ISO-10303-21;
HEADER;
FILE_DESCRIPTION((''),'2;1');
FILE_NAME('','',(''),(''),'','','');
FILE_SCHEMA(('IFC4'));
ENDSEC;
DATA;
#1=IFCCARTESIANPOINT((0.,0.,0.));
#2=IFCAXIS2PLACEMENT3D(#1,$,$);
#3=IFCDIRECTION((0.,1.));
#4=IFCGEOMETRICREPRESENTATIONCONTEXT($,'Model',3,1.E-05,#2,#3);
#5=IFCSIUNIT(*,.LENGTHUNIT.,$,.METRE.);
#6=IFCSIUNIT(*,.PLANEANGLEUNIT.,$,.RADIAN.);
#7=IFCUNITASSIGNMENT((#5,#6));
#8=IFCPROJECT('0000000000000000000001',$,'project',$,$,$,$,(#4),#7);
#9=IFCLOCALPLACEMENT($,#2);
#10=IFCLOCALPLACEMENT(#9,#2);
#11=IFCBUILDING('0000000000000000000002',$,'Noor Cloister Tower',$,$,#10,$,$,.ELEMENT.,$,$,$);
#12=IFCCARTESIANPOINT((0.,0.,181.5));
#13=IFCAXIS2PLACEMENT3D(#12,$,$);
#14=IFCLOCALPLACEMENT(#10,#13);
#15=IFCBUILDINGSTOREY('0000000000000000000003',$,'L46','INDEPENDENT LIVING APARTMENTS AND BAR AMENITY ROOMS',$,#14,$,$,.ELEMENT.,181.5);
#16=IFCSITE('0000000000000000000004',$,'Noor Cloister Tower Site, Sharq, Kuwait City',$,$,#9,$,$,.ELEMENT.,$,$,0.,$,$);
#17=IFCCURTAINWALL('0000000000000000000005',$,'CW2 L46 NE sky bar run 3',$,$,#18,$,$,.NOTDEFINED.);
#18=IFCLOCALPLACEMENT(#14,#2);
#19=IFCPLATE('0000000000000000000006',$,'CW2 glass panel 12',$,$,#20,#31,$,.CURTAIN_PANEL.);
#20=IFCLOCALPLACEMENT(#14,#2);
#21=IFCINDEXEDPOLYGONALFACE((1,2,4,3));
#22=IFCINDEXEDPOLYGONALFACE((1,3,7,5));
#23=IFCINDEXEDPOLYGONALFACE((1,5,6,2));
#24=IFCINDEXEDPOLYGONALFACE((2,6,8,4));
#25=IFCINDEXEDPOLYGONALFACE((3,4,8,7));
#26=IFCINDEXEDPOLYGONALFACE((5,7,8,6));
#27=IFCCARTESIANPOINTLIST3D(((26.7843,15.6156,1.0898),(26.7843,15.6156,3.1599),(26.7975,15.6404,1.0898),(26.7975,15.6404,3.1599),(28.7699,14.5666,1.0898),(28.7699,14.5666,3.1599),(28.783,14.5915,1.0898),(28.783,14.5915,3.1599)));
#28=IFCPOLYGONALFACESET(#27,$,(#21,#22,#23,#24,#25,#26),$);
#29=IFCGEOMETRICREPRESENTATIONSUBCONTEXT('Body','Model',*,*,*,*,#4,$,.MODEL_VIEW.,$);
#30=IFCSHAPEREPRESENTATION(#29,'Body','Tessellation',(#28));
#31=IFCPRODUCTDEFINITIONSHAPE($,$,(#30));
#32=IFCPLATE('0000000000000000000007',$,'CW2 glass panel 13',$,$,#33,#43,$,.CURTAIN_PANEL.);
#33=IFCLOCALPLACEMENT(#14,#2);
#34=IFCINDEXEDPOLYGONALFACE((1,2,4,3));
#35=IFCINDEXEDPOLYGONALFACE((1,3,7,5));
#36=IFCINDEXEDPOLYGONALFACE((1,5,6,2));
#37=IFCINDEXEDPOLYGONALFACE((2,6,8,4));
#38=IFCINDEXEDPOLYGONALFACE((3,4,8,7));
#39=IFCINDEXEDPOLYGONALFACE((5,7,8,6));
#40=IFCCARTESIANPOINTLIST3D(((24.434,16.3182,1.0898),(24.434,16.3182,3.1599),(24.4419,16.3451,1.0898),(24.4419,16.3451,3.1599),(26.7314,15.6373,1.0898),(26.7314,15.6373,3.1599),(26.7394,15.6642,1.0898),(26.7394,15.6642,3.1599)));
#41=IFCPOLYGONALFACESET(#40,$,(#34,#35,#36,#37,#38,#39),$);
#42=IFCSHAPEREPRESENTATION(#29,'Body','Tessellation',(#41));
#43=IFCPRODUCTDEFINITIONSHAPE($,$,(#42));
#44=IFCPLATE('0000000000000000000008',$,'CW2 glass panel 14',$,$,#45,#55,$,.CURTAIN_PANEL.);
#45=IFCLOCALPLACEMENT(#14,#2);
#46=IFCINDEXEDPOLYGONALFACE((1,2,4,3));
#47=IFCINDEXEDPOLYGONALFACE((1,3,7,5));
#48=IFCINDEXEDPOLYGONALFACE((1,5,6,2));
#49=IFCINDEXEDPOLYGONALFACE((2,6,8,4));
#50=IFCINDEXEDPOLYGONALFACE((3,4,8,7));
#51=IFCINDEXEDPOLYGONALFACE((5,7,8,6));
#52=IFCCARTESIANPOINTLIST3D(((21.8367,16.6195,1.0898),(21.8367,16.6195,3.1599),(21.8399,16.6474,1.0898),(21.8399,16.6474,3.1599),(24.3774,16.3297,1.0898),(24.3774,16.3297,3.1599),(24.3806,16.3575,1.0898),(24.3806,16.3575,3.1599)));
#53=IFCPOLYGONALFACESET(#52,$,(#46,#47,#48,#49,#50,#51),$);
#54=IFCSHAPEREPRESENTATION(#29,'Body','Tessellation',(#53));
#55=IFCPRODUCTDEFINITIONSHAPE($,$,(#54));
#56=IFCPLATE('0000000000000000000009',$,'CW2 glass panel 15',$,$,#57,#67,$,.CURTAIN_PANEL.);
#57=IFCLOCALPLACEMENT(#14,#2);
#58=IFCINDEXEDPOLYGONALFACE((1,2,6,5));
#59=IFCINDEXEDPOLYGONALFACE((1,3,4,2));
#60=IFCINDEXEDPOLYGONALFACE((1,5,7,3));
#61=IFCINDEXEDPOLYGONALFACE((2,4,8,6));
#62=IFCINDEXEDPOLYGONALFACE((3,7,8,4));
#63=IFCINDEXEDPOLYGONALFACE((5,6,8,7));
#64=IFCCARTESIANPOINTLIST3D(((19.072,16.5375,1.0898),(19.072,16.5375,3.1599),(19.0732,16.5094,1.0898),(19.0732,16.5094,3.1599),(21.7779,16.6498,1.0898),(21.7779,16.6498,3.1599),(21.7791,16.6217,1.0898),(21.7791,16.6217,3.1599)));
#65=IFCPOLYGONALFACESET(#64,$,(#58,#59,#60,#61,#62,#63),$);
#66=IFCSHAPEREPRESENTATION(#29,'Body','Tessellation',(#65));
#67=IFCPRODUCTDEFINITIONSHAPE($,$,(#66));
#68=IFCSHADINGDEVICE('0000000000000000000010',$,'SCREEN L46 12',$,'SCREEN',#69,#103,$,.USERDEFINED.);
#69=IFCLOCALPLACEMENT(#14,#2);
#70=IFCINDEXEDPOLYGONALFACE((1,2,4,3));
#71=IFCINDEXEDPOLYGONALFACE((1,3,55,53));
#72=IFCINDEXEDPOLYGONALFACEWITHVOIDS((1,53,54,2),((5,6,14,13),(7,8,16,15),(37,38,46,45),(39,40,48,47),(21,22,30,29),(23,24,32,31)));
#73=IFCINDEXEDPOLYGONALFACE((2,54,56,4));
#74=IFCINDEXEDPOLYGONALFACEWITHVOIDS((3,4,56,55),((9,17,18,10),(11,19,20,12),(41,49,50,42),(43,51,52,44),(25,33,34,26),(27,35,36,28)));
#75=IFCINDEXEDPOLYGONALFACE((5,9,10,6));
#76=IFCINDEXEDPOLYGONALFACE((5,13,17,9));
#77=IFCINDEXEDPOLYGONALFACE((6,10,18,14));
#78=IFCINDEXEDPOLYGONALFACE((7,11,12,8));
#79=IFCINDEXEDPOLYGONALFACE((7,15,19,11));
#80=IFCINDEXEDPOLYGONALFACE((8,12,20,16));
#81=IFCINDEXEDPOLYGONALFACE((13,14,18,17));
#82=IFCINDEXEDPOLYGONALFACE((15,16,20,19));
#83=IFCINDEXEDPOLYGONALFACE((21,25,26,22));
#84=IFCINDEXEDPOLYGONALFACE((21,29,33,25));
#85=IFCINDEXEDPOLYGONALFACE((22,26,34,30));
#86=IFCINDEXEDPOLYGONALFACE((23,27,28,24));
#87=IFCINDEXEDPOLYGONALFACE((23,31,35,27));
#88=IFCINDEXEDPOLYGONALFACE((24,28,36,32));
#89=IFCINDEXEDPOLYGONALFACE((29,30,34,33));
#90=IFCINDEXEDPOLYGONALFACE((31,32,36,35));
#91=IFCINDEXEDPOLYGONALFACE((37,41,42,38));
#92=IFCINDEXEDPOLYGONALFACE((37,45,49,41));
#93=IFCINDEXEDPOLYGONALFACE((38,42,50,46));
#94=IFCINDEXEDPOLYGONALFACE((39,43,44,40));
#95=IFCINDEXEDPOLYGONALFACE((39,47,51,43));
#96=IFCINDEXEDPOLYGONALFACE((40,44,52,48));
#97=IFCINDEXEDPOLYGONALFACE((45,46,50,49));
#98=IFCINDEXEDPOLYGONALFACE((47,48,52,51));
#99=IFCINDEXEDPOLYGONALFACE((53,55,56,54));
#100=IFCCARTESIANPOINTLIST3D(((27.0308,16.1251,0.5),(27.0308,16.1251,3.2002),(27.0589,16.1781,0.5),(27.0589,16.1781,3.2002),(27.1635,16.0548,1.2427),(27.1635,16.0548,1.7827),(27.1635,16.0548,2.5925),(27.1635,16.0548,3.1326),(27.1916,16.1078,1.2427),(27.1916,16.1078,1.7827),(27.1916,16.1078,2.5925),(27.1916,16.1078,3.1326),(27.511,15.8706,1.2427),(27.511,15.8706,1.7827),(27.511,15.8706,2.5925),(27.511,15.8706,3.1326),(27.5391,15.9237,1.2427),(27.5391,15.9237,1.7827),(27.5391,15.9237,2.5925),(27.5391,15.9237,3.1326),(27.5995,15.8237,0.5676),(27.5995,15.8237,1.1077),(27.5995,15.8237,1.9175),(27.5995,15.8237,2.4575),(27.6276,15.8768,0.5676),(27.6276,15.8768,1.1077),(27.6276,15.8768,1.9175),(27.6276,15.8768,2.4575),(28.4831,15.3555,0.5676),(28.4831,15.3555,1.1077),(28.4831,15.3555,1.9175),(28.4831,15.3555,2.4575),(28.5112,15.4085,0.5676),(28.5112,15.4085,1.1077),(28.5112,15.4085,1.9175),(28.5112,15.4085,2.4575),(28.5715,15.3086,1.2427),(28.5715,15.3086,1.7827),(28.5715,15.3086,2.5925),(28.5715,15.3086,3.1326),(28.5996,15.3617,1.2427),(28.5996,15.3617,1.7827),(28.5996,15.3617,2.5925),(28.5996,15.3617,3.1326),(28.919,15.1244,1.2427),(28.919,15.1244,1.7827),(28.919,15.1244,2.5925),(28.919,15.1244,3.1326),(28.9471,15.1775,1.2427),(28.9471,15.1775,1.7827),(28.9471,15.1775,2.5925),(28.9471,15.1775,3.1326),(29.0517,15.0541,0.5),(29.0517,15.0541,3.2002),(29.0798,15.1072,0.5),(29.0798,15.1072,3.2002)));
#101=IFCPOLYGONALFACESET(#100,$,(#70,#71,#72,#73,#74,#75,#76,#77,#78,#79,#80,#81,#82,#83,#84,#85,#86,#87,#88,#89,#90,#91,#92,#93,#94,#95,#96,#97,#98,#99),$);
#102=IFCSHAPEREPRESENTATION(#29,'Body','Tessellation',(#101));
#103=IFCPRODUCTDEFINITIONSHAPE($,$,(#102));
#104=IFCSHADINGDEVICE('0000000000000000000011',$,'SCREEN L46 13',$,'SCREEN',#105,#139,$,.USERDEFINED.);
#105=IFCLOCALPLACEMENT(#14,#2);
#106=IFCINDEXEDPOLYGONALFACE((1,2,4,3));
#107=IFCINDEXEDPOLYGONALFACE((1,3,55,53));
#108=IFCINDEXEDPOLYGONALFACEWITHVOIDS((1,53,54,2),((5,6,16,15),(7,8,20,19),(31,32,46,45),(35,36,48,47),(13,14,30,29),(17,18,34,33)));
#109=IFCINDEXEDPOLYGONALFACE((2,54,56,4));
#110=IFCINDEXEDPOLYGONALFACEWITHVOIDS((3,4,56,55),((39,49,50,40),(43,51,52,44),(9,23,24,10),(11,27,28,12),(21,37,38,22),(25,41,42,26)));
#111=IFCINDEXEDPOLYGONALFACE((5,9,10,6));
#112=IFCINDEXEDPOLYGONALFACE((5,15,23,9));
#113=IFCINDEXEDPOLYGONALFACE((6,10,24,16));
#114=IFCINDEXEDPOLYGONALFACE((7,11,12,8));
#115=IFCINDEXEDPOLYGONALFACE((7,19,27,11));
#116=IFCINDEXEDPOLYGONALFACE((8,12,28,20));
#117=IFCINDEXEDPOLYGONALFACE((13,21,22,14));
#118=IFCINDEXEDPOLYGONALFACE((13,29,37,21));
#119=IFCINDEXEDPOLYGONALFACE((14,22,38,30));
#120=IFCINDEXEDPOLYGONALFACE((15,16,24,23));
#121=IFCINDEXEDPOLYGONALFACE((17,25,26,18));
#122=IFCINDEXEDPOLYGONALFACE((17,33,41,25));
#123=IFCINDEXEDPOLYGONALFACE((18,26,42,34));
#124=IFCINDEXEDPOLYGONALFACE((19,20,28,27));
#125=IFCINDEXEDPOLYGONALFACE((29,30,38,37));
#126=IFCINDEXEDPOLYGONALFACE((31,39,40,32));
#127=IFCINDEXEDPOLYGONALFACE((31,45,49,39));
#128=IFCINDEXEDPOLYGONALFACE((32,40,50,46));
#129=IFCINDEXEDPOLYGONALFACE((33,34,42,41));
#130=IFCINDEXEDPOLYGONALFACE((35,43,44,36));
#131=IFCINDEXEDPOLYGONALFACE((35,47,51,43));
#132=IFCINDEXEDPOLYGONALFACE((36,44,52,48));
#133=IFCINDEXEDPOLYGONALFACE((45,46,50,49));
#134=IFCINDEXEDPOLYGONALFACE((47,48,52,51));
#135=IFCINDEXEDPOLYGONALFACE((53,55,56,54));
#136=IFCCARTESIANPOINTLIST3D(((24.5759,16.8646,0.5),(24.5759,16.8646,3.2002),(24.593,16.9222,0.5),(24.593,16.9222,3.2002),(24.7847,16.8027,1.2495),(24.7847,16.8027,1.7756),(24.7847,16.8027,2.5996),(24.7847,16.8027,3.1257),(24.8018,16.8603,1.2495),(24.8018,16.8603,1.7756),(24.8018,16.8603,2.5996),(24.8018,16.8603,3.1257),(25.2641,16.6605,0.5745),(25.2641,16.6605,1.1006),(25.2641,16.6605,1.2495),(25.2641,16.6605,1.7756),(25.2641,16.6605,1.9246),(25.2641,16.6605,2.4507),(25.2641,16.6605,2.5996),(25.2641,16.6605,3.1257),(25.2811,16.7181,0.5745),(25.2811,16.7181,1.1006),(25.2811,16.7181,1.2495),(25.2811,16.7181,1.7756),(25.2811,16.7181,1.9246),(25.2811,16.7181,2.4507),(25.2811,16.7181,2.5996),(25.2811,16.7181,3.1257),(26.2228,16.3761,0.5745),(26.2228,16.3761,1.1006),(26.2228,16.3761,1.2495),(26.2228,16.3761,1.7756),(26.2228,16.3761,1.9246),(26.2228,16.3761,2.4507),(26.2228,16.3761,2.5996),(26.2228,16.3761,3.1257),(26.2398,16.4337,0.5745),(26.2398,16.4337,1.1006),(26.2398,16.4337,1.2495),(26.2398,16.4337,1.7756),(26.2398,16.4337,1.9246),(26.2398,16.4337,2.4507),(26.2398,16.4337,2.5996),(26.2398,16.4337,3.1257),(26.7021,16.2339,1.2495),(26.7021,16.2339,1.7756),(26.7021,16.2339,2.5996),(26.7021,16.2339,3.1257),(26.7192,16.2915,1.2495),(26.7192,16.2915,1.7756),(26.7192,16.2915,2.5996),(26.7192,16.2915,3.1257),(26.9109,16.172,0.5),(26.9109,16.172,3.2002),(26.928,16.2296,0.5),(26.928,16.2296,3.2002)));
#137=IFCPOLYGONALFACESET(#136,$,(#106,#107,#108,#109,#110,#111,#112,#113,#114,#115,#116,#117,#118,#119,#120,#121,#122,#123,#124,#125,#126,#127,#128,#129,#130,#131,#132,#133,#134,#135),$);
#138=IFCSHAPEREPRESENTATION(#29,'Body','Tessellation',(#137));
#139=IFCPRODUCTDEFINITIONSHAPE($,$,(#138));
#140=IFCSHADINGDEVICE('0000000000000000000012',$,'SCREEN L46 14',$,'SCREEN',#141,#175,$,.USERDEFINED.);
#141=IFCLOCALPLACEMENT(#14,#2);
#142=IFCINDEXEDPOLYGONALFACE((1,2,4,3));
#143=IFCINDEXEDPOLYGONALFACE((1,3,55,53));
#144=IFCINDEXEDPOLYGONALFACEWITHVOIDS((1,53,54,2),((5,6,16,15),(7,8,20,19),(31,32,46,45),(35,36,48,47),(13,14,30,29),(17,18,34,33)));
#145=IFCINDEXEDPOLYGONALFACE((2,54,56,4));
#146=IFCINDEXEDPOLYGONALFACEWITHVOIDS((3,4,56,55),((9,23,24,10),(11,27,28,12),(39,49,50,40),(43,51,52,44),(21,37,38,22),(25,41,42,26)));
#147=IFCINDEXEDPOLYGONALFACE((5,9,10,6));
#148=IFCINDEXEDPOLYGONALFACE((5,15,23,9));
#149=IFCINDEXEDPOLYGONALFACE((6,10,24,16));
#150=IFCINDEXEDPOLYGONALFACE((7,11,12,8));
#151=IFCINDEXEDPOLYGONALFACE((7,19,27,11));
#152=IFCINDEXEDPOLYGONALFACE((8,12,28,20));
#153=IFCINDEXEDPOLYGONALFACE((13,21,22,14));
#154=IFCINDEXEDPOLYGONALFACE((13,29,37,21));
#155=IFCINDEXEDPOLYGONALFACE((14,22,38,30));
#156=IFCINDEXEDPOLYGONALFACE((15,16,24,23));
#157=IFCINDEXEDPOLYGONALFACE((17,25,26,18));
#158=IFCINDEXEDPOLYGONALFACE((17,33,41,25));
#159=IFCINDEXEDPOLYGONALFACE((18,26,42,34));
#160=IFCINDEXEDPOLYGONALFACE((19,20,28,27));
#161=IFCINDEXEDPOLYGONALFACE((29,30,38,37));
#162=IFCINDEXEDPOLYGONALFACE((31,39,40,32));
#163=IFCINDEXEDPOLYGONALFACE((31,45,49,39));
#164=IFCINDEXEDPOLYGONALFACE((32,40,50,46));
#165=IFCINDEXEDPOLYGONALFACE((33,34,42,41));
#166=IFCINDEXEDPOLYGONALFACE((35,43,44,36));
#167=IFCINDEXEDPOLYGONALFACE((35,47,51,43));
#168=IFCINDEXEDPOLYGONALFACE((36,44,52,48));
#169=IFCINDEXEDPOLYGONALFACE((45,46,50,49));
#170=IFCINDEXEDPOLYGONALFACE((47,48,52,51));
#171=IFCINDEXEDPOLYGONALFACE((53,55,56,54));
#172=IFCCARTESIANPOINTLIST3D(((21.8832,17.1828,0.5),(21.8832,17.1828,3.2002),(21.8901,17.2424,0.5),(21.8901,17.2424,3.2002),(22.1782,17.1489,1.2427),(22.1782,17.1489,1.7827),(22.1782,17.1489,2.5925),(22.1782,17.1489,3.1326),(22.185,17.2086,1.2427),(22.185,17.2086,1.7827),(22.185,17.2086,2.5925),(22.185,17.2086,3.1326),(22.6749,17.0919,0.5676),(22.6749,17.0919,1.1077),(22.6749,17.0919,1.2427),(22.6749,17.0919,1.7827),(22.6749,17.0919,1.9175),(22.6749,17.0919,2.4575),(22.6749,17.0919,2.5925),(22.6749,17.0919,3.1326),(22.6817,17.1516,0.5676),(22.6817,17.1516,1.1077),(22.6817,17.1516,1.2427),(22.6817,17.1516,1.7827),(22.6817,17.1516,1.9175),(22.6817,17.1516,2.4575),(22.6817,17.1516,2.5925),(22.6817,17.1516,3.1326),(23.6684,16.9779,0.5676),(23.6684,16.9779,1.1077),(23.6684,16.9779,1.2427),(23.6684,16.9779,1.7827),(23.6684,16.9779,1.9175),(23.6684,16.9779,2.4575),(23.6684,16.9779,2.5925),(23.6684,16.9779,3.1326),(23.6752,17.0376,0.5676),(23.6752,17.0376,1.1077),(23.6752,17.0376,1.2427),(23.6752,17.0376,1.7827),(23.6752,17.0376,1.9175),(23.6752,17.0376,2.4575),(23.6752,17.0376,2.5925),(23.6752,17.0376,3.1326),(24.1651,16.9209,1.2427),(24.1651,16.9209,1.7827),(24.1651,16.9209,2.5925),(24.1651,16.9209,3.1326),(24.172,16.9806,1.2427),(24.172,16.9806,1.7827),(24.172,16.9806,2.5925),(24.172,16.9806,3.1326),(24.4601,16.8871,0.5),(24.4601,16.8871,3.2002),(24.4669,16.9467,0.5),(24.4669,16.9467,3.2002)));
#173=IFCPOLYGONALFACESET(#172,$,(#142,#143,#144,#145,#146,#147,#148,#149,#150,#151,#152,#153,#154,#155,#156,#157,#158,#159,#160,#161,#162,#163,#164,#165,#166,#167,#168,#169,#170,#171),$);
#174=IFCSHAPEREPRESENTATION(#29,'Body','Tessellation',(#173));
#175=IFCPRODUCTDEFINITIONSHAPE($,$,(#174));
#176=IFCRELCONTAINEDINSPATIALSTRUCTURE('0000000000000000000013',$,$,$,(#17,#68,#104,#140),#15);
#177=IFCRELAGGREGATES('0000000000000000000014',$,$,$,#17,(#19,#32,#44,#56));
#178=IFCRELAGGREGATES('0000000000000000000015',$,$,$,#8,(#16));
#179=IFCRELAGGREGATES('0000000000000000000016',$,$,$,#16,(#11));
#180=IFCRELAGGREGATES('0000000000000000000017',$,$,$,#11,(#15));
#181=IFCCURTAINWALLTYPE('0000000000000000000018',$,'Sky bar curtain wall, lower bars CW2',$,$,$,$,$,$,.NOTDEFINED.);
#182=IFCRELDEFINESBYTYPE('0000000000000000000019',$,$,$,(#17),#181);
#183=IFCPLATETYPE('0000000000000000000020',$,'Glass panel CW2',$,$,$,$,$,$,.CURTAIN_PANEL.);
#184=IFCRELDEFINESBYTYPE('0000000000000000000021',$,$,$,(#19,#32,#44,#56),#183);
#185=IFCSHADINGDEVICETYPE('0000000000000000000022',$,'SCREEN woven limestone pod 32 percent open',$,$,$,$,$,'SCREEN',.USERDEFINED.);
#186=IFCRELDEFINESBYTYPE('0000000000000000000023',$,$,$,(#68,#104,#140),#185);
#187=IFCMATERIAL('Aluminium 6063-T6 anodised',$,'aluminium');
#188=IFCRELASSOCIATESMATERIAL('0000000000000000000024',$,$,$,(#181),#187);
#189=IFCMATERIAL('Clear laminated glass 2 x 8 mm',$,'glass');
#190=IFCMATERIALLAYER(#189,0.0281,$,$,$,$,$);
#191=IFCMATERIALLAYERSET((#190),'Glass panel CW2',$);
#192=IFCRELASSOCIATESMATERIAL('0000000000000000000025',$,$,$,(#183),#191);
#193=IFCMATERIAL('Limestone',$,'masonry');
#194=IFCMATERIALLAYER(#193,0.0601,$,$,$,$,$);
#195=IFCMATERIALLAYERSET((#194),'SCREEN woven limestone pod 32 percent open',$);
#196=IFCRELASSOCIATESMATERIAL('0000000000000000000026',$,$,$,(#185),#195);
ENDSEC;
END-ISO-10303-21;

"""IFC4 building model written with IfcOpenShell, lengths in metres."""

from ifc_helpers import new_model, si_unit, direction, frame, origin, origin_2d, place, context, subcontext, project, spatial, polyline, rectangle, outline, extrude, material, layer, layer_set, type_object, element, aggregate, save


model = new_model("IFC4")

# Units and contexts
model_context = context("Model", 3, precision=1e-05, world=origin(), true_north=direction((0.0, 1.0)))
body_context = subcontext(model_context, "Body", "Model", "MODEL_VIEW")
ifc_project = project(units=[si_unit("LENGTHUNIT", "METRE"), si_unit("PLANEANGLEUNIT", "RADIAN")], contexts=[model_context])

# Site, building, storey
site_placement = place(None, origin())
site = spatial("IfcSite", under=ifc_project, at=site_placement, Name="Noor Cloister Tower Site, Sharq, Kuwait City", CompositionType="ELEMENT", RefElevation=0.0)
building_placement = place(site_placement, origin())
building = spatial("IfcBuilding", under=site, at=building_placement, Name="Noor Cloister Tower", CompositionType="ELEMENT")
storey_placement = place(building_placement, frame((0.0, 0.0, 181.5)))
storey = spatial("IfcBuildingStorey", under=building, at=storey_placement, Name="L46", Description="INDEPENDENT LIVING APARTMENTS AND BAR AMENITY ROOMS", CompositionType="ELEMENT", Elevation=181.5)

# Curtain wall
ifc_material_1 = material(Name="Aluminium 6063-T6 anodised", Category="aluminium")
curtain_wall_type = type_object("IfcCurtainWallType", Name="Sky bar curtain wall, lower bars CW2", PredefinedType="NOTDEFINED", material=ifc_material_1)
curtain_wall_placement = place(storey_placement, origin())
curtain_wall = element("IfcCurtainWall", 1, at=curtain_wall_placement, inside=storey, type_object=curtain_wall_type, Name="CW2 L46 NE sky bar run 3", PredefinedType="NOTDEFINED")

# Plates
ifc_material_2 = material(Name="Clear laminated glass 2 x 8 mm", Category="glass")
ifc_layer_1 = layer(ifc_material_2, 0.0281)
ifc_layer_set_1 = layer_set([ifc_layer_1], Name="Glass panel CW2")
plate_type = type_object("IfcPlateType", Name="Glass panel CW2", PredefinedType="CURTAIN_PANEL", material=ifc_layer_set_1)
plate_1_placement = place(storey_placement, frame((27.7837, 15.1035, 1.0898), z_axis=(0.0, 0.0, 1.0), x_axis=(-0.884205, 0.467099, 0.0)))
plate_1 = element("IfcPlate", 2, at=plate_1_placement, type_object=plate_type, Name="CW2 glass panel 12", PredefinedType="CURTAIN_PANEL", context=body_context, shape_type="SweptSolid", body=[
    extrude(rectangle(XDim=2.2456, YDim=0.0281, at=origin_2d()), origin(), (0.0, 0.0, 1.0), 2.0701),
])
plate_2_placement = place(storey_placement, frame((25.5867, 15.9912, 1.0898), z_axis=(0.0, 0.0, 1.0), x_axis=(-0.958772, 0.284177, 0.0)))
plate_2 = element("IfcPlate", 3, at=plate_2_placement, type_object=plate_type, Name="CW2 glass panel 13", PredefinedType="CURTAIN_PANEL", context=body_context, shape_type="SweptSolid", body=[
    extrude(rectangle(XDim=2.3962, YDim=0.0281, at=origin_2d()), origin(), (0.0, 0.0, 1.0), 2.0701),
])
plate_3_placement = place(storey_placement, frame((23.1086, 16.4885, 1.0898), z_axis=(0.0, 0.0, 1.0), x_axis=(-0.993555, 0.113349, 0.0)))
plate_3 = element("IfcPlate", 4, at=plate_3_placement, type_object=plate_type, Name="CW2 glass panel 14", PredefinedType="CURTAIN_PANEL", context=body_context, shape_type="SweptSolid", body=[
    extrude(rectangle(XDim=2.5571, YDim=0.0281, at=origin_2d()), origin(), (0.0, 0.0, 1.0), 2.0701),
])
plate_4_placement = place(storey_placement, frame((20.4255, 16.5796, 1.0898), z_axis=(0.0, 0.0, 1.0), x_axis=(-0.99914, -0.041466, 0.0)))
plate_4 = element("IfcPlate", 5, at=plate_4_placement, type_object=plate_type, Name="CW2 glass panel 15", PredefinedType="CURTAIN_PANEL", context=body_context, shape_type="SweptSolid", body=[
    extrude(rectangle(XDim=2.7083, YDim=0.0281, at=origin_2d()), origin(), (0.0, 0.0, 1.0), 2.0701),
])
aggregate(curtain_wall, [plate_1, plate_2, plate_3, plate_4])

# Shading devices
ifc_material_3 = material(Name="Limestone", Category="masonry")
ifc_layer_2 = layer(ifc_material_3, 0.0601)
ifc_layer_set_2 = layer_set([ifc_layer_2], Name="SCREEN woven limestone pod 32 percent open")
shading_device_type = type_object("IfcShadingDeviceType", Name="SCREEN woven limestone pod 32 percent open", ElementType="SCREEN", PredefinedType="USERDEFINED", material=ifc_layer_set_2)
shading_device_1_placement = place(storey_placement, frame((28.0413, 15.5896, 1.8501), z_axis=(0.468262, 0.88359, 0.0), x_axis=(-0.88359, 0.468262, 0.0)))
element("IfcShadingDevice", 6, at=shading_device_1_placement, inside=storey, type_object=shading_device_type, Name="SCREEN L46 12", ObjectType="SCREEN", PredefinedType="USERDEFINED", context=body_context, shape_type="SweptSolid", body=[
    extrude(outline(polyline([(-1.1436, -1.3501), (1.1436, -1.3501), (1.1436, 1.3501), (-1.1436, 1.3501), (-1.1436, -1.3501)]), holes=[polyline([(-0.5, -1.2825), (0.5, -1.2825), (0.5, -0.7424), (-0.5, -0.7424), (-0.5, -1.2825)]), polyline([(0.6001, -0.6074), (0.9934, -0.6074), (0.9934, -0.0674), (0.6001, -0.0674), (0.6001, -0.6074)]), polyline([(-0.9934, -0.6074), (-0.6001, -0.6074), (-0.6001, -0.0674), (-0.9934, -0.0674), (-0.9934, -0.6074)]), polyline([(-0.5, 0.0674), (0.5, 0.0674), (0.5, 0.6074), (-0.5, 0.6074), (-0.5, 0.0674)]), polyline([(0.6001, 0.7424), (0.9934, 0.7424), (0.9934, 1.2825), (0.6001, 1.2825), (0.6001, 0.7424)]), polyline([(-0.9934, 0.7424), (-0.6001, 0.7424), (-0.6001, 1.2825), (-0.9934, 1.2825), (-0.9934, 0.7424)])]), origin(), (0.0, 0.0, 1.0), 0.0601),
])
shading_device_2_placement = place(storey_placement, frame((25.7434, 16.5183, 1.8501), z_axis=(0.284365, 0.958716, 0.0), x_axis=(-0.958716, 0.284365, 0.0)))
element("IfcShadingDevice", 7, at=shading_device_2_placement, inside=storey, type_object=shading_device_type, Name="SCREEN L46 13", ObjectType="SCREEN", PredefinedType="USERDEFINED", context=body_context, shape_type="SweptSolid", body=[
    extrude(outline(polyline([(-1.2178, -1.3501), (1.2178, -1.3501), (1.2178, 1.3501), (-1.2178, 1.3501), (-1.2178, -1.3501)]), holes=[polyline([(-0.5, -1.2756), (0.5, -1.2756), (0.5, -0.7495), (-0.5, -0.7495), (-0.5, -1.2756)]), polyline([(-1.0, -0.6006), (-0.5, -0.6006), (-0.5, -0.0745), (-1.0, -0.0745), (-1.0, -0.6006)]), polyline([(0.5, -0.6006), (1.0, -0.6006), (1.0, -0.0745), (0.5, -0.0745), (0.5, -0.6006)]), polyline([(-0.5, 0.0745), (0.5, 0.0745), (0.5, 0.6006), (-0.5, 0.6006), (-0.5, 0.0745)]), polyline([(-1.0, 0.7495), (-0.5, 0.7495), (-0.5, 1.2756), (-1.0, 1.2756), (-1.0, 0.7495)]), polyline([(0.5, 0.7495), (1.0, 0.7495), (1.0, 1.2756), (0.5, 1.2756), (0.5, 0.7495)])]), origin(), (0.0, 0.0, 1.0), 0.0601),
])
shading_device_3_placement = place(storey_placement, frame((23.1716, 17.0349, 1.8501), z_axis=(0.114006, 0.99348, 0.0), x_axis=(-0.99348, 0.114006, 0.0)))
element("IfcShadingDevice", 8, at=shading_device_3_placement, inside=storey, type_object=shading_device_type, Name="SCREEN L46 14", ObjectType="SCREEN", PredefinedType="USERDEFINED", context=body_context, shape_type="SweptSolid", body=[
    extrude(outline(polyline([(-1.2969, -1.3501), (1.2969, -1.3501), (1.2969, 1.3501), (-1.2969, 1.3501), (-1.2969, -1.3501)]), holes=[polyline([(-0.5, -1.2825), (0.5, -1.2825), (0.5, -0.7424), (-0.5, -0.7424), (-0.5, -1.2825)]), polyline([(-1.0, -0.6074), (-0.5, -0.6074), (-0.5, -0.0674), (-1.0, -0.0674), (-1.0, -0.6074)]), polyline([(0.5, -0.6074), (1.0, -0.6074), (1.0, -0.0674), (0.5, -0.0674), (0.5, -0.6074)]), polyline([(-0.5, 0.0674), (0.5, 0.0674), (0.5, 0.6074), (-0.5, 0.6074), (-0.5, 0.0674)]), polyline([(-1.0, 0.7424), (-0.5, 0.7424), (-0.5, 1.2825), (-1.0, 1.2825), (-1.0, 0.7424)]), polyline([(0.5, 0.7424), (1.0, 0.7424), (1.0, 1.2825), (0.5, 1.2825), (0.5, 0.7424)])]), origin(), (0.0, 0.0, 1.0), 0.0601),
])

save(model, "model.ifc")
